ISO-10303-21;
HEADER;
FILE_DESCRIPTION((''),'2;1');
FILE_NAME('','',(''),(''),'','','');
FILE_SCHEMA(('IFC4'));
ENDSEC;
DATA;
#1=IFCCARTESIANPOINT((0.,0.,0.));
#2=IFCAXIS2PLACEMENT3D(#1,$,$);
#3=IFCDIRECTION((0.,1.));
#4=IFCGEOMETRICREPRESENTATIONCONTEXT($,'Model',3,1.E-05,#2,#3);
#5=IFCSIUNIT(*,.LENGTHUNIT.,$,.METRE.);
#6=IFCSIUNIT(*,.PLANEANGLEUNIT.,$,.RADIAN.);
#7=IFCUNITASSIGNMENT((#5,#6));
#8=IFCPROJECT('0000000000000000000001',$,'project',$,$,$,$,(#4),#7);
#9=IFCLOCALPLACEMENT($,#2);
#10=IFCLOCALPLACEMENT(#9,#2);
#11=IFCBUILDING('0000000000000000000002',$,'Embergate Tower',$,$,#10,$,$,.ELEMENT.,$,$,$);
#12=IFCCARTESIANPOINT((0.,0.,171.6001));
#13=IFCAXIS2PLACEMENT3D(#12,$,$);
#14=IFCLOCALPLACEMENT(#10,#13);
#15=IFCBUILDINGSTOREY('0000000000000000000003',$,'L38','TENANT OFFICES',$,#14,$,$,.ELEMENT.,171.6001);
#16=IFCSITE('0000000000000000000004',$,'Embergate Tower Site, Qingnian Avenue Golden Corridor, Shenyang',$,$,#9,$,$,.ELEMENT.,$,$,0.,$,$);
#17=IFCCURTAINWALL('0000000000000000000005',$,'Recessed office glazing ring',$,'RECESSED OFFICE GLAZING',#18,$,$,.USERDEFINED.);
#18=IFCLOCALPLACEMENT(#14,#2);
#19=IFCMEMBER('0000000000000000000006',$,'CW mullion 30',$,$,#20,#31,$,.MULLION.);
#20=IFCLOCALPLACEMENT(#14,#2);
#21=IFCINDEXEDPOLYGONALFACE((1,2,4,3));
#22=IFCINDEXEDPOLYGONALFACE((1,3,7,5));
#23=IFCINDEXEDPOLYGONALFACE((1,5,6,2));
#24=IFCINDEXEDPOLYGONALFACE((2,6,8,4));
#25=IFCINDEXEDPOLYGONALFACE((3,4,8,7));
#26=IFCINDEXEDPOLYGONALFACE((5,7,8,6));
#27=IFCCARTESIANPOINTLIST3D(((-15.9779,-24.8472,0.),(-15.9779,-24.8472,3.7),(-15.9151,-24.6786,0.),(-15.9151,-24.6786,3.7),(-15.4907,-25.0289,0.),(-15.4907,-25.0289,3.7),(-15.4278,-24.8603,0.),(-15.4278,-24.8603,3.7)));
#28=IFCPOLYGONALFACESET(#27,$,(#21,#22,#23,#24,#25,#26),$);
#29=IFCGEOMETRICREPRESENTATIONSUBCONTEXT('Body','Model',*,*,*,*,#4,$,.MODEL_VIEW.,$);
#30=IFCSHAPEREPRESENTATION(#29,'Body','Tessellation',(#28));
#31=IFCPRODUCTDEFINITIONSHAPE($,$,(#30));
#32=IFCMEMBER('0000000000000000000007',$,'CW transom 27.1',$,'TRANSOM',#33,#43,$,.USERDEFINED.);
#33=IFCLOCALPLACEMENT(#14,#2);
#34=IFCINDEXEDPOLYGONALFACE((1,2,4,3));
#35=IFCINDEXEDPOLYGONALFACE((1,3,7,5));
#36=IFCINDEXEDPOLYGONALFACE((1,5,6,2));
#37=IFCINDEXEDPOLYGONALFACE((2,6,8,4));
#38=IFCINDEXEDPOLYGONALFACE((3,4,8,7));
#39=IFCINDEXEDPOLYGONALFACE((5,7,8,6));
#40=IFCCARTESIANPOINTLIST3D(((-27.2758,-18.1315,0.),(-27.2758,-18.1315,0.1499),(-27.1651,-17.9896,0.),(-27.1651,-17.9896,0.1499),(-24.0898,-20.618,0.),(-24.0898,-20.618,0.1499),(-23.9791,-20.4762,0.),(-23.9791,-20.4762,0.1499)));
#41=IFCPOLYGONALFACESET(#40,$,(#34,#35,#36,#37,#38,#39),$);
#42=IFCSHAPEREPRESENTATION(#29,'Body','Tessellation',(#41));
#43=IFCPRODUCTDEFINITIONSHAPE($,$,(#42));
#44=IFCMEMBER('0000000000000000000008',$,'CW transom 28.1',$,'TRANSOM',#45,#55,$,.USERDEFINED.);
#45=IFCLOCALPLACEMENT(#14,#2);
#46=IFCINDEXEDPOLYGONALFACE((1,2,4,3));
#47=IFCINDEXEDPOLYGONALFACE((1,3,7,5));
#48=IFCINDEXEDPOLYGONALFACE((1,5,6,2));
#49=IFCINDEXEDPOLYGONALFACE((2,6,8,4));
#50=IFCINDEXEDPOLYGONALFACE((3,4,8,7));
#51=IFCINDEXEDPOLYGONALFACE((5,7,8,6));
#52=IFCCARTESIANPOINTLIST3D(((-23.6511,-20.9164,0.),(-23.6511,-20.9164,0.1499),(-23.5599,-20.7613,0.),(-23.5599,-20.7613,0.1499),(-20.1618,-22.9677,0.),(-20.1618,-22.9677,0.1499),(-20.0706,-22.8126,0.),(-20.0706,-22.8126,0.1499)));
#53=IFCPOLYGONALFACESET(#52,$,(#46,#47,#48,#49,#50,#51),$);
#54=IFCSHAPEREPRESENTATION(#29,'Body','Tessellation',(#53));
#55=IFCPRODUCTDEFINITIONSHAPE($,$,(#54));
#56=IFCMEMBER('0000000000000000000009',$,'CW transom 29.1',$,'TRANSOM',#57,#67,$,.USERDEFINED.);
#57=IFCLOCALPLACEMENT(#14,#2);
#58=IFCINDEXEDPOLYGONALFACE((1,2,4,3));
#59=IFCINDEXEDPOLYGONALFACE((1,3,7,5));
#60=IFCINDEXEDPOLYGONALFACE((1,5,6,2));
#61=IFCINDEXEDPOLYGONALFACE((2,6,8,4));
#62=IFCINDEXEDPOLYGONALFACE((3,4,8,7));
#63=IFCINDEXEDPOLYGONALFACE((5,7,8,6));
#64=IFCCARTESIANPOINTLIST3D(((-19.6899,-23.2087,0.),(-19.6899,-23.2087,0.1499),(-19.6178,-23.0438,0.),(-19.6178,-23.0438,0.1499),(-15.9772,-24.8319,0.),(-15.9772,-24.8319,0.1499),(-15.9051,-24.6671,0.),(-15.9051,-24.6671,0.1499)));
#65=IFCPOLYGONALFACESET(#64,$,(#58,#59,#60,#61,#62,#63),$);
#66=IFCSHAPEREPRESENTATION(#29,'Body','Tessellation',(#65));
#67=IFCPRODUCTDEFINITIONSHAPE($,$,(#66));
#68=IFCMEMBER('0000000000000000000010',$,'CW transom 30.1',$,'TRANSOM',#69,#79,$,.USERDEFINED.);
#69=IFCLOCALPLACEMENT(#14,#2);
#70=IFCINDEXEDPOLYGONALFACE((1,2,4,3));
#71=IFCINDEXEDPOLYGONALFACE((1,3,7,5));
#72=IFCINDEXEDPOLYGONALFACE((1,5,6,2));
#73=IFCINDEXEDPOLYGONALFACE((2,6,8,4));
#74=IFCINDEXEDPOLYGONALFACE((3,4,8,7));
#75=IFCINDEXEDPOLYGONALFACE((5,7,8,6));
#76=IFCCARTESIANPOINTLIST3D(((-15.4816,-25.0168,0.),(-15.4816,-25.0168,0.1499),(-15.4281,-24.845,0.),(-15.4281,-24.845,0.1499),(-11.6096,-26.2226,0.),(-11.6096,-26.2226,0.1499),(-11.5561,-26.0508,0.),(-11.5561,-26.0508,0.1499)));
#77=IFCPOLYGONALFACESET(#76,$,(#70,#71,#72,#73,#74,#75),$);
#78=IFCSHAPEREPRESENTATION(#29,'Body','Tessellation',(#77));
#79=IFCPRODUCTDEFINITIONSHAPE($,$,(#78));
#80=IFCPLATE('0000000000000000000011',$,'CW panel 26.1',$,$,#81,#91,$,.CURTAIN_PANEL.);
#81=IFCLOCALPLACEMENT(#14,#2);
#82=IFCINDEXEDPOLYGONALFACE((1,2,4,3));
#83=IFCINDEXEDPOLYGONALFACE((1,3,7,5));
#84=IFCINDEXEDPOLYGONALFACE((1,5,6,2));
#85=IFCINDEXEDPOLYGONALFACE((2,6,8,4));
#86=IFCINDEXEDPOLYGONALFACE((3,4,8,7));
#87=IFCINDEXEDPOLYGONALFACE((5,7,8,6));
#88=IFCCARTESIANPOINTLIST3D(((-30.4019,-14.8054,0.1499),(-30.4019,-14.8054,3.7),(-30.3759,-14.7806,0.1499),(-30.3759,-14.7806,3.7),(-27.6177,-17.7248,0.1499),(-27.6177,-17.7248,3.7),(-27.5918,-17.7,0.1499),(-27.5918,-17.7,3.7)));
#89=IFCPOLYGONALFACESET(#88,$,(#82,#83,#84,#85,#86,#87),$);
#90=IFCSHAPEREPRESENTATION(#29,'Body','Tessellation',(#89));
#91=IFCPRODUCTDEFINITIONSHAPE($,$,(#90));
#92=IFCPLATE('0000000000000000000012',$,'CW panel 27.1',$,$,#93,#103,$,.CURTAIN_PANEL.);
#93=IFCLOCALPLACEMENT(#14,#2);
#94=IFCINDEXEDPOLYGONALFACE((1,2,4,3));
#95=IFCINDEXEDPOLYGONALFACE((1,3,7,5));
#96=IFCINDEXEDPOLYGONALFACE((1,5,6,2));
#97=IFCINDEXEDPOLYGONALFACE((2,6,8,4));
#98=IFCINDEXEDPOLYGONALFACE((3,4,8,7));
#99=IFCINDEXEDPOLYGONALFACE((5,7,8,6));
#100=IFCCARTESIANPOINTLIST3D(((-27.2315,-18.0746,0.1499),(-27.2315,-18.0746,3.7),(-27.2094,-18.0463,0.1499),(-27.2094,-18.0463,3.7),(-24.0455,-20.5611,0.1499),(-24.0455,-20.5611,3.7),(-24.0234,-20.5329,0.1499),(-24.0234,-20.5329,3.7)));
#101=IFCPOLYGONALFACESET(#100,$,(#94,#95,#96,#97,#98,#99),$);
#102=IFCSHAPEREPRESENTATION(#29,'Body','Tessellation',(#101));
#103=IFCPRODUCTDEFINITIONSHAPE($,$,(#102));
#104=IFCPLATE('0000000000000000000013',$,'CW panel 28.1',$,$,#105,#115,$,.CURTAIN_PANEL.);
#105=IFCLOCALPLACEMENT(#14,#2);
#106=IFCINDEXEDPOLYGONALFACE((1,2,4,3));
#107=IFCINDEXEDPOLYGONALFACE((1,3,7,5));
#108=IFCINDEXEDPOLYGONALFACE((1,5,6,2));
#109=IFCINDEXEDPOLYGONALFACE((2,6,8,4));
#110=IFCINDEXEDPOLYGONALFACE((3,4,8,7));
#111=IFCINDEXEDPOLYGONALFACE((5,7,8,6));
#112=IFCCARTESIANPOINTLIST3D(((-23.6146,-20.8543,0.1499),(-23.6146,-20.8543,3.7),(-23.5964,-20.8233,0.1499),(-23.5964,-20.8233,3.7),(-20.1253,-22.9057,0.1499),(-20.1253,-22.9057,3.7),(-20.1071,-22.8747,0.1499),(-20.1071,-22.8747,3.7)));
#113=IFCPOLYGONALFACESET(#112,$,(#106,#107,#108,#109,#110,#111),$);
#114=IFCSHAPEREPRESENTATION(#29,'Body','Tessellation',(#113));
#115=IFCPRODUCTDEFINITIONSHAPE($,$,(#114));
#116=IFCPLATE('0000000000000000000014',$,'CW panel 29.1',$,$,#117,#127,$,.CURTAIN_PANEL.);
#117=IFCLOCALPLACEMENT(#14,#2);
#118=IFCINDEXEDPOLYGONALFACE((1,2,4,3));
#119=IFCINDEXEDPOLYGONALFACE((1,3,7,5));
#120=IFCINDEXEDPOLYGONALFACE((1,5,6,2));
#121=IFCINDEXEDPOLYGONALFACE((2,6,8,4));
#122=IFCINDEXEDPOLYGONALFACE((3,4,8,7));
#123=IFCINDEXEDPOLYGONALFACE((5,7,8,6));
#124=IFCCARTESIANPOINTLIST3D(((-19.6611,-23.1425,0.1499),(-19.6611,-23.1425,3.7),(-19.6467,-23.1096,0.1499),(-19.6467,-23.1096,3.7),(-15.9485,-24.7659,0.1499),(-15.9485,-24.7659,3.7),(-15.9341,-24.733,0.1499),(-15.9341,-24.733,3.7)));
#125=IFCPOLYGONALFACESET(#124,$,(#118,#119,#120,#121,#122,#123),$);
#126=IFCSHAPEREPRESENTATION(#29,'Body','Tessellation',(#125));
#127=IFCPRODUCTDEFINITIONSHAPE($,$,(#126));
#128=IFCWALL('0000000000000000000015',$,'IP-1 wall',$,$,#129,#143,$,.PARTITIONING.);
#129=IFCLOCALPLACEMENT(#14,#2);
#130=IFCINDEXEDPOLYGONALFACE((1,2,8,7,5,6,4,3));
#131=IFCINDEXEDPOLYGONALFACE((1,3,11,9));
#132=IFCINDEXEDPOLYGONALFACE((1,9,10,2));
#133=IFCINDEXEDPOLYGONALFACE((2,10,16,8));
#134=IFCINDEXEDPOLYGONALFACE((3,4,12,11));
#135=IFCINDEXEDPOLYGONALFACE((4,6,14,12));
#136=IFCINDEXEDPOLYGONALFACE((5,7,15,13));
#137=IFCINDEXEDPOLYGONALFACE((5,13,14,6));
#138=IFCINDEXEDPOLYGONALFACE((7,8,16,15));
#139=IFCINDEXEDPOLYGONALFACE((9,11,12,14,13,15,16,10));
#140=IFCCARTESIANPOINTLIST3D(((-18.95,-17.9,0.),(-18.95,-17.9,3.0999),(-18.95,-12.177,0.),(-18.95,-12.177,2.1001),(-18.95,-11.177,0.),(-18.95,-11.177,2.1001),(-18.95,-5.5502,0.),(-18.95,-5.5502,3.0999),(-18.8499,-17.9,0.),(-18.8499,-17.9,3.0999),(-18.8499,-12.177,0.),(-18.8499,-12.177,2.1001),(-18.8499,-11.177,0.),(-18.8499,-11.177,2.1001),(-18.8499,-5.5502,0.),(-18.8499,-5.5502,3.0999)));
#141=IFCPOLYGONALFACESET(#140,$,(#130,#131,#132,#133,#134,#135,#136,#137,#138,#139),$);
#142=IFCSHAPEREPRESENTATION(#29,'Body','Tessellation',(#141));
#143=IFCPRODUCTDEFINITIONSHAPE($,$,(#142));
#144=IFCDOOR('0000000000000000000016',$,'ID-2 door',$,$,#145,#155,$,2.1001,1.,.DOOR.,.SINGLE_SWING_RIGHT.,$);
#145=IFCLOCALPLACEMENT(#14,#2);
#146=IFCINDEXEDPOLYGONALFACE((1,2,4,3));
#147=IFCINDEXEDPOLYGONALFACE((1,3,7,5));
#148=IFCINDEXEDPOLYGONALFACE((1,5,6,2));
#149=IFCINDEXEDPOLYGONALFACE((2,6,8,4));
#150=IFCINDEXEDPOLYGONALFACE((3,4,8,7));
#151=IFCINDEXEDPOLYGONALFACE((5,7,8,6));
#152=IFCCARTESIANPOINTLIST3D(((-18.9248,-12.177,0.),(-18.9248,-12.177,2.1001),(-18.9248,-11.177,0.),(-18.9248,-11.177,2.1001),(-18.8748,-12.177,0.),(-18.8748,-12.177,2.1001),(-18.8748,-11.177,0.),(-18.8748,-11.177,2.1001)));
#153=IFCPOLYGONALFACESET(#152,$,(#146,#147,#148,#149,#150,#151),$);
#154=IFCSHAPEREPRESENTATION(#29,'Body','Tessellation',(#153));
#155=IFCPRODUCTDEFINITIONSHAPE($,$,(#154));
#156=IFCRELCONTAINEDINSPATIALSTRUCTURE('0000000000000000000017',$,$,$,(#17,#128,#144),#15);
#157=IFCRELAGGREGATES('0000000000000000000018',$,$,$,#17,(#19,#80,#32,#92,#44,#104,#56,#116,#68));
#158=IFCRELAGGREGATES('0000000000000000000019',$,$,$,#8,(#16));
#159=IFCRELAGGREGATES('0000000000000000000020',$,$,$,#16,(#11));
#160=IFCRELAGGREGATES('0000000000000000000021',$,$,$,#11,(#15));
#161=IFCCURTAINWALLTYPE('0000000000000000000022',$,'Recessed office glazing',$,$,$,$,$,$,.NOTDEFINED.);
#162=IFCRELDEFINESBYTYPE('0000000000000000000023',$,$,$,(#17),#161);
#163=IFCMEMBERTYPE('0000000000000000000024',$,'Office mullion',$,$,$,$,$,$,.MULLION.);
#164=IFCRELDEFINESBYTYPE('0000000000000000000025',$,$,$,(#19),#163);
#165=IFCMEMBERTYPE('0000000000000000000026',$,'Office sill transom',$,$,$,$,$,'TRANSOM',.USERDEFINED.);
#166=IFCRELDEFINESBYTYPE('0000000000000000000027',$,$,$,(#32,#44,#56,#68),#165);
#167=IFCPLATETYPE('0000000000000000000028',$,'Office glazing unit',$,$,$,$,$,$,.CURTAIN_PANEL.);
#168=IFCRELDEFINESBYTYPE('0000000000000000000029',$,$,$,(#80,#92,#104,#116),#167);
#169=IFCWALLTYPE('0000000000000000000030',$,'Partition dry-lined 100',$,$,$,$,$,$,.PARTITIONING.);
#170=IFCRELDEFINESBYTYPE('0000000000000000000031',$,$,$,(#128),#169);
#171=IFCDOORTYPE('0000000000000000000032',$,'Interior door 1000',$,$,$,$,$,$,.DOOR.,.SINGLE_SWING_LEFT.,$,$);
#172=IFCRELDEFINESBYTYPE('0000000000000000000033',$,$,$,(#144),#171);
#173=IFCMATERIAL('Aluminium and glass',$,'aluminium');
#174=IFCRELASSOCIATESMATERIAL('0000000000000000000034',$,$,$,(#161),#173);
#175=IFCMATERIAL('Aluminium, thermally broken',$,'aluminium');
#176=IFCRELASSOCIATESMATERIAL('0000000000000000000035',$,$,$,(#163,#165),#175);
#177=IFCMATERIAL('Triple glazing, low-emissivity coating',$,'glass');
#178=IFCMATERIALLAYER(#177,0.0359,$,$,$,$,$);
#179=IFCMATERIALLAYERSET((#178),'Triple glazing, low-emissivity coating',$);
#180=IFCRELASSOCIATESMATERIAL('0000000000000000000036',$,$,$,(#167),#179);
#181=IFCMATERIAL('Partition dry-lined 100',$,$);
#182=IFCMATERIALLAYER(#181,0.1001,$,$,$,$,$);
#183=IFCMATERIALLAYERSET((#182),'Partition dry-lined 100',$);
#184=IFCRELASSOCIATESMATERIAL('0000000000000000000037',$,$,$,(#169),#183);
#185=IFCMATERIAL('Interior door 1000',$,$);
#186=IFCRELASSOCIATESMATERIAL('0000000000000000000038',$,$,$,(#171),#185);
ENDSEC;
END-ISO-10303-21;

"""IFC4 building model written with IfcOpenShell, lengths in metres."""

from ifc_helpers import new_model, si_unit, direction, frame, frame_2d, origin, origin_2d, place, context, subcontext, project, spatial, rectangle, extrude, source, transform, mapped, material, layer, layer_set, material_profile, profile_set, type_object, element, fill, aggregate, save


model = new_model("IFC4")

# Units and contexts
model_context = context("Model", 3, precision=1e-05, world=origin(), true_north=direction((0.0, 1.0)))
body_context = subcontext(model_context, "Body", "Model", "MODEL_VIEW")
ifc_project = project(units=[si_unit("LENGTHUNIT", "METRE"), si_unit("PLANEANGLEUNIT", "RADIAN")], contexts=[model_context])

# Site, building, storey
site_placement = place(None, origin())
site = spatial("IfcSite", under=ifc_project, at=site_placement, Name="Embergate Tower Site, Qingnian Avenue Golden Corridor, Shenyang", CompositionType="ELEMENT", RefElevation=0.0)
building_placement = place(site_placement, origin())
building = spatial("IfcBuilding", under=site, at=building_placement, Name="Embergate Tower", CompositionType="ELEMENT")
storey_placement = place(building_placement, frame((0.0, 0.0, 171.6001)))
storey = spatial("IfcBuildingStorey", under=building, at=storey_placement, Name="L38", Description="TENANT OFFICES", CompositionType="ELEMENT", Elevation=171.6001)

# Curtain wall, members, plates
ifc_material_1 = material(Name="Aluminium and glass", Category="aluminium")
curtain_wall_type = type_object("IfcCurtainWallType", Name="Recessed office glazing", PredefinedType="NOTDEFINED", material=ifc_material_1)
curtain_wall_placement = place(storey_placement, origin())
curtain_wall = element("IfcCurtainWall", 1, at=curtain_wall_placement, inside=storey, type_object=curtain_wall_type, Name="Recessed office glazing ring", ObjectType="RECESSED OFFICE GLAZING", PredefinedType="USERDEFINED")
ifc_material_2 = material(Name="Aluminium, thermally broken", Category="aluminium")
ifc_material_profile_1 = material_profile(ifc_material_2, rectangle(XDim=0.1799, YDim=0.52, at=origin_2d()), Name="AL 520x180")
ifc_profile_set_1 = profile_set([ifc_material_profile_1], Name="Aluminium, thermally broken")
member_type_1 = type_object("IfcMemberType", Name="Office mullion", PredefinedType="MULLION", material=ifc_profile_set_1)
shared_shape_1 = source(origin(), body_context, "Body", "SweptSolid", [
    extrude(rectangle(XDim=0.1799, YDim=0.52, at=origin_2d()), origin(), (0.0, 0.0, 1.0), 3.7),
])
member_1_placement = place(storey_placement, frame((-15.7029, -24.8538, 0.0), z_axis=(0.0, 0.0, 1.0), x_axis=(0.349498, 0.936937, 0.0)))
member_1 = element("IfcMember", 2, at=member_1_placement, type_object=member_type_1, Name="CW mullion 30", PredefinedType="MULLION", context=body_context, shape_type="MappedRepresentation", body=[
    mapped(shared_shape_1, transform((0.0, 0.0, 0.0))),
])
ifc_material_profile_2 = material_profile(ifc_material_2, rectangle(XDim=0.1799, YDim=0.1499, at=origin_2d()), Name="AL 150x180")
ifc_profile_set_2 = profile_set([ifc_material_profile_2], Name="Aluminium, thermally broken")
member_type_2 = type_object("IfcMemberType", Name="Office sill transom", ElementType="TRANSOM", PredefinedType="USERDEFINED", material=ifc_profile_set_2)
shared_shape_2 = source(origin(), body_context, "Body", "SweptSolid", [
    extrude(rectangle(XDim=0.1799, YDim=0.1499, at=origin_2d()), origin(), (0.0, 0.0, 1.0), 4.0415),
])
member_2_placement = place(storey_placement, frame((-27.2205, -18.0605, 0.075), z_axis=(0.788327, -0.615257, 0.0), x_axis=(0.615257, 0.788327, 0.0)))
member_2 = element("IfcMember", 3, at=member_2_placement, type_object=member_type_2, Name="CW transom 27.1", ObjectType="TRANSOM", PredefinedType="USERDEFINED", context=body_context, shape_type="MappedRepresentation", body=[
    mapped(shared_shape_2, transform((0.0, 0.0, 0.0))),
])
shared_shape_3 = source(origin(), body_context, "Body", "SweptSolid", [
    extrude(rectangle(XDim=0.1799, YDim=0.1499, at=origin_2d()), origin(), (0.0, 0.0, 1.0), 4.0476),
])
member_3_placement = place(storey_placement, frame((-23.6055, -20.8389, 0.075), z_axis=(0.862068, -0.506793, 0.0), x_axis=(0.506793, 0.862068, 0.0)))
member_3 = element("IfcMember", 4, at=member_3_placement, type_object=member_type_2, Name="CW transom 28.1", ObjectType="TRANSOM", PredefinedType="USERDEFINED", context=body_context, shape_type="MappedRepresentation", body=[
    mapped(shared_shape_3, transform((0.0, 0.0, 0.0))),
])
shared_shape_4 = source(origin(), body_context, "Body", "SweptSolid", [
    extrude(rectangle(XDim=0.1799, YDim=0.1499, at=origin_2d()), origin(), (0.0, 0.0, 1.0), 4.052),
])
member_4_placement = place(storey_placement, frame((-19.6538, -23.1262, 0.075), z_axis=(0.916247, -0.400613, 0.0), x_axis=(0.400613, 0.916247, 0.0)))
member_4 = element("IfcMember", 5, at=member_4_placement, type_object=member_type_2, Name="CW transom 29.1", ObjectType="TRANSOM", PredefinedType="USERDEFINED", context=body_context, shape_type="MappedRepresentation", body=[
    mapped(shared_shape_4, transform((0.0, 0.0, 0.0))),
])
shared_shape_5 = source(origin(), body_context, "Body", "SweptSolid", [
    extrude(rectangle(XDim=0.1799, YDim=0.1499, at=origin_2d()), origin(), (0.0, 0.0, 1.0), 4.0554),
])
member_5_placement = place(storey_placement, frame((-15.4548, -24.9309, 0.075), z_axis=(0.954775, -0.297329, 0.0), x_axis=(0.297329, 0.954775, 0.0)))
member_5 = element("IfcMember", 6, at=member_5_placement, type_object=member_type_2, Name="CW transom 30.1", ObjectType="TRANSOM", PredefinedType="USERDEFINED", context=body_context, shape_type="MappedRepresentation", body=[
    mapped(shared_shape_5, transform((0.0, 0.0, 0.0))),
])
ifc_material_3 = material(Name="Triple glazing, low-emissivity coating", Category="glass")
ifc_layer_1 = layer(ifc_material_3, 0.0359)
ifc_layer_set_1 = layer_set([ifc_layer_1], Name="Triple glazing, low-emissivity coating")
plate_type = type_object("IfcPlateType", Name="Office glazing unit", PredefinedType="CURTAIN_PANEL", material=ifc_layer_set_1)
shared_shape_6 = source(origin(), body_context, "Body", "SweptSolid", [
    extrude(rectangle(XDim=4.0342, YDim=0.0359, at=origin_2d()), origin(), (0.0, 0.0, 1.0), 3.55),
])
plate_1_placement = place(storey_placement, frame((-28.9968, -16.2527, 0.1499), z_axis=(0.0, 0.0, 1.0), x_axis=(0.69014, -0.723676, 0.0)))
plate_1 = element("IfcPlate", 7, at=plate_1_placement, type_object=plate_type, Name="CW panel 26.1", PredefinedType="CURTAIN_PANEL", context=body_context, shape_type="MappedRepresentation", body=[
    mapped(shared_shape_6, transform((0.0, 0.0, 0.0))),
])
shared_shape_7 = source(origin(), body_context, "Body", "SweptSolid", [
    extrude(rectangle(XDim=4.0415, YDim=0.0359, at=origin_2d()), origin(), (0.0, 0.0, 1.0), 3.55),
])
plate_2_placement = place(storey_placement, frame((-25.6274, -19.3037, 0.1499), z_axis=(0.0, 0.0, 1.0), x_axis=(0.788324, -0.61526, 0.0)))
plate_2 = element("IfcPlate", 8, at=plate_2_placement, type_object=plate_type, Name="CW panel 27.1", PredefinedType="CURTAIN_PANEL", context=body_context, shape_type="MappedRepresentation", body=[
    mapped(shared_shape_7, transform((0.0, 0.0, 0.0))),
])
shared_shape_8 = source(origin(), body_context, "Body", "SweptSolid", [
    extrude(rectangle(XDim=4.0476, YDim=0.0359, at=origin_2d()), origin(), (0.0, 0.0, 1.0), 3.55),
])
plate_3_placement = place(storey_placement, frame((-21.8608, -21.8645, 0.1499), z_axis=(0.0, 0.0, 1.0), x_axis=(0.862056, -0.506813, 0.0)))
plate_3 = element("IfcPlate", 9, at=plate_3_placement, type_object=plate_type, Name="CW panel 28.1", PredefinedType="CURTAIN_PANEL", context=body_context, shape_type="MappedRepresentation", body=[
    mapped(shared_shape_8, transform((0.0, 0.0, 0.0))),
])
shared_shape_9 = source(origin(), body_context, "Body", "SweptSolid", [
    extrude(rectangle(XDim=4.052, YDim=0.0359, at=origin_2d()), origin(), (0.0, 0.0, 1.0), 3.55),
])
plate_4_placement = place(storey_placement, frame((-17.7976, -23.9377, 0.1499), z_axis=(0.0, 0.0, 1.0), x_axis=(0.916238, -0.400634, 0.0)))
plate_4 = element("IfcPlate", 10, at=plate_4_placement, type_object=plate_type, Name="CW panel 29.1", PredefinedType="CURTAIN_PANEL", context=body_context, shape_type="MappedRepresentation", body=[
    mapped(shared_shape_9, transform((0.0, 0.0, 0.0))),
])
aggregate(curtain_wall, [member_1, plate_1, member_2, plate_2, member_3, plate_3, member_4, plate_4, member_5])

# Wall, opening, door
ifc_material_4 = material(Name="Partition dry-lined 100")
ifc_layer_2 = layer(ifc_material_4, 0.1001)
ifc_layer_set_2 = layer_set([ifc_layer_2], Name="Partition dry-lined 100")
wall_type = type_object("IfcWallType", Name="Partition dry-lined 100", PredefinedType="PARTITIONING", material=ifc_layer_set_2)
shared_shape_10 = source(origin(), body_context, "Body", "SweptSolid", [
    extrude(rectangle(XDim=12.3499, YDim=0.1001, at=frame_2d((6.1748, 0.0))), origin(), (0.0, 0.0, 1.0), 3.0999),
])
wall_placement = place(storey_placement, frame((-18.8999, -17.8999, 0.0), z_axis=(0.0, 0.0, 1.0), x_axis=(0.0, 1.0, 0.0)))
wall = element("IfcWall", 11, at=wall_placement, inside=storey, type_object=wall_type, Name="IP-1 wall", PredefinedType="PARTITIONING", context=body_context, shape_type="MappedRepresentation", body=[
    mapped(shared_shape_10, transform((0.0, 0.0, 0.0))),
])
shared_shape_11 = source(origin(), body_context, "Body", "SweptSolid", [
    extrude(rectangle(XDim=1.0, YDim=2.1001, at=frame_2d((0.5, 1.05))), frame((0.0, 0.0601, 0.0), z_axis=(0.0, -1.0, 0.0), x_axis=(1.0, 0.0, 0.0)), (0.0, 0.0, 1.0), 0.1201),
])
opening_placement = place(wall_placement, frame((5.7229, 0.0, 0.0)))
opening = element("IfcOpeningElement", 12, at=opening_placement, cuts=wall, PredefinedType="OPENING", context=body_context, shape_type="MappedRepresentation", body=[
    mapped(shared_shape_11, transform((0.0, 0.0, 0.0))),
])
ifc_material_5 = material(Name="Interior door 1000")
door_type = type_object("IfcDoorType", Name="Interior door 1000", OperationType="SINGLE_SWING_LEFT", PredefinedType="DOOR", material=ifc_material_5)
shared_shape_12 = source(origin(), body_context, "Body", "SweptSolid", [
    extrude(rectangle(XDim=1.0, YDim=2.1001, at=frame_2d((0.5, 1.05))), frame((0.0, 0.0249, 0.0), z_axis=(0.0, -1.0, 0.0), x_axis=(1.0, 0.0, 0.0)), (0.0, 0.0, 1.0), 0.05),
])
door_placement = place(opening_placement, origin())
door = element("IfcDoor", 13, at=door_placement, inside=storey, type_object=door_type, Name="ID-2 door", OperationType="SINGLE_SWING_RIGHT", OverallHeight=2.1001, OverallWidth=1.0, PredefinedType="DOOR", context=body_context, shape_type="MappedRepresentation", body=[
    mapped(shared_shape_12, transform((0.0, 0.0, 0.0))),
])
fill(opening, door)

save(model, "model.ifc")
